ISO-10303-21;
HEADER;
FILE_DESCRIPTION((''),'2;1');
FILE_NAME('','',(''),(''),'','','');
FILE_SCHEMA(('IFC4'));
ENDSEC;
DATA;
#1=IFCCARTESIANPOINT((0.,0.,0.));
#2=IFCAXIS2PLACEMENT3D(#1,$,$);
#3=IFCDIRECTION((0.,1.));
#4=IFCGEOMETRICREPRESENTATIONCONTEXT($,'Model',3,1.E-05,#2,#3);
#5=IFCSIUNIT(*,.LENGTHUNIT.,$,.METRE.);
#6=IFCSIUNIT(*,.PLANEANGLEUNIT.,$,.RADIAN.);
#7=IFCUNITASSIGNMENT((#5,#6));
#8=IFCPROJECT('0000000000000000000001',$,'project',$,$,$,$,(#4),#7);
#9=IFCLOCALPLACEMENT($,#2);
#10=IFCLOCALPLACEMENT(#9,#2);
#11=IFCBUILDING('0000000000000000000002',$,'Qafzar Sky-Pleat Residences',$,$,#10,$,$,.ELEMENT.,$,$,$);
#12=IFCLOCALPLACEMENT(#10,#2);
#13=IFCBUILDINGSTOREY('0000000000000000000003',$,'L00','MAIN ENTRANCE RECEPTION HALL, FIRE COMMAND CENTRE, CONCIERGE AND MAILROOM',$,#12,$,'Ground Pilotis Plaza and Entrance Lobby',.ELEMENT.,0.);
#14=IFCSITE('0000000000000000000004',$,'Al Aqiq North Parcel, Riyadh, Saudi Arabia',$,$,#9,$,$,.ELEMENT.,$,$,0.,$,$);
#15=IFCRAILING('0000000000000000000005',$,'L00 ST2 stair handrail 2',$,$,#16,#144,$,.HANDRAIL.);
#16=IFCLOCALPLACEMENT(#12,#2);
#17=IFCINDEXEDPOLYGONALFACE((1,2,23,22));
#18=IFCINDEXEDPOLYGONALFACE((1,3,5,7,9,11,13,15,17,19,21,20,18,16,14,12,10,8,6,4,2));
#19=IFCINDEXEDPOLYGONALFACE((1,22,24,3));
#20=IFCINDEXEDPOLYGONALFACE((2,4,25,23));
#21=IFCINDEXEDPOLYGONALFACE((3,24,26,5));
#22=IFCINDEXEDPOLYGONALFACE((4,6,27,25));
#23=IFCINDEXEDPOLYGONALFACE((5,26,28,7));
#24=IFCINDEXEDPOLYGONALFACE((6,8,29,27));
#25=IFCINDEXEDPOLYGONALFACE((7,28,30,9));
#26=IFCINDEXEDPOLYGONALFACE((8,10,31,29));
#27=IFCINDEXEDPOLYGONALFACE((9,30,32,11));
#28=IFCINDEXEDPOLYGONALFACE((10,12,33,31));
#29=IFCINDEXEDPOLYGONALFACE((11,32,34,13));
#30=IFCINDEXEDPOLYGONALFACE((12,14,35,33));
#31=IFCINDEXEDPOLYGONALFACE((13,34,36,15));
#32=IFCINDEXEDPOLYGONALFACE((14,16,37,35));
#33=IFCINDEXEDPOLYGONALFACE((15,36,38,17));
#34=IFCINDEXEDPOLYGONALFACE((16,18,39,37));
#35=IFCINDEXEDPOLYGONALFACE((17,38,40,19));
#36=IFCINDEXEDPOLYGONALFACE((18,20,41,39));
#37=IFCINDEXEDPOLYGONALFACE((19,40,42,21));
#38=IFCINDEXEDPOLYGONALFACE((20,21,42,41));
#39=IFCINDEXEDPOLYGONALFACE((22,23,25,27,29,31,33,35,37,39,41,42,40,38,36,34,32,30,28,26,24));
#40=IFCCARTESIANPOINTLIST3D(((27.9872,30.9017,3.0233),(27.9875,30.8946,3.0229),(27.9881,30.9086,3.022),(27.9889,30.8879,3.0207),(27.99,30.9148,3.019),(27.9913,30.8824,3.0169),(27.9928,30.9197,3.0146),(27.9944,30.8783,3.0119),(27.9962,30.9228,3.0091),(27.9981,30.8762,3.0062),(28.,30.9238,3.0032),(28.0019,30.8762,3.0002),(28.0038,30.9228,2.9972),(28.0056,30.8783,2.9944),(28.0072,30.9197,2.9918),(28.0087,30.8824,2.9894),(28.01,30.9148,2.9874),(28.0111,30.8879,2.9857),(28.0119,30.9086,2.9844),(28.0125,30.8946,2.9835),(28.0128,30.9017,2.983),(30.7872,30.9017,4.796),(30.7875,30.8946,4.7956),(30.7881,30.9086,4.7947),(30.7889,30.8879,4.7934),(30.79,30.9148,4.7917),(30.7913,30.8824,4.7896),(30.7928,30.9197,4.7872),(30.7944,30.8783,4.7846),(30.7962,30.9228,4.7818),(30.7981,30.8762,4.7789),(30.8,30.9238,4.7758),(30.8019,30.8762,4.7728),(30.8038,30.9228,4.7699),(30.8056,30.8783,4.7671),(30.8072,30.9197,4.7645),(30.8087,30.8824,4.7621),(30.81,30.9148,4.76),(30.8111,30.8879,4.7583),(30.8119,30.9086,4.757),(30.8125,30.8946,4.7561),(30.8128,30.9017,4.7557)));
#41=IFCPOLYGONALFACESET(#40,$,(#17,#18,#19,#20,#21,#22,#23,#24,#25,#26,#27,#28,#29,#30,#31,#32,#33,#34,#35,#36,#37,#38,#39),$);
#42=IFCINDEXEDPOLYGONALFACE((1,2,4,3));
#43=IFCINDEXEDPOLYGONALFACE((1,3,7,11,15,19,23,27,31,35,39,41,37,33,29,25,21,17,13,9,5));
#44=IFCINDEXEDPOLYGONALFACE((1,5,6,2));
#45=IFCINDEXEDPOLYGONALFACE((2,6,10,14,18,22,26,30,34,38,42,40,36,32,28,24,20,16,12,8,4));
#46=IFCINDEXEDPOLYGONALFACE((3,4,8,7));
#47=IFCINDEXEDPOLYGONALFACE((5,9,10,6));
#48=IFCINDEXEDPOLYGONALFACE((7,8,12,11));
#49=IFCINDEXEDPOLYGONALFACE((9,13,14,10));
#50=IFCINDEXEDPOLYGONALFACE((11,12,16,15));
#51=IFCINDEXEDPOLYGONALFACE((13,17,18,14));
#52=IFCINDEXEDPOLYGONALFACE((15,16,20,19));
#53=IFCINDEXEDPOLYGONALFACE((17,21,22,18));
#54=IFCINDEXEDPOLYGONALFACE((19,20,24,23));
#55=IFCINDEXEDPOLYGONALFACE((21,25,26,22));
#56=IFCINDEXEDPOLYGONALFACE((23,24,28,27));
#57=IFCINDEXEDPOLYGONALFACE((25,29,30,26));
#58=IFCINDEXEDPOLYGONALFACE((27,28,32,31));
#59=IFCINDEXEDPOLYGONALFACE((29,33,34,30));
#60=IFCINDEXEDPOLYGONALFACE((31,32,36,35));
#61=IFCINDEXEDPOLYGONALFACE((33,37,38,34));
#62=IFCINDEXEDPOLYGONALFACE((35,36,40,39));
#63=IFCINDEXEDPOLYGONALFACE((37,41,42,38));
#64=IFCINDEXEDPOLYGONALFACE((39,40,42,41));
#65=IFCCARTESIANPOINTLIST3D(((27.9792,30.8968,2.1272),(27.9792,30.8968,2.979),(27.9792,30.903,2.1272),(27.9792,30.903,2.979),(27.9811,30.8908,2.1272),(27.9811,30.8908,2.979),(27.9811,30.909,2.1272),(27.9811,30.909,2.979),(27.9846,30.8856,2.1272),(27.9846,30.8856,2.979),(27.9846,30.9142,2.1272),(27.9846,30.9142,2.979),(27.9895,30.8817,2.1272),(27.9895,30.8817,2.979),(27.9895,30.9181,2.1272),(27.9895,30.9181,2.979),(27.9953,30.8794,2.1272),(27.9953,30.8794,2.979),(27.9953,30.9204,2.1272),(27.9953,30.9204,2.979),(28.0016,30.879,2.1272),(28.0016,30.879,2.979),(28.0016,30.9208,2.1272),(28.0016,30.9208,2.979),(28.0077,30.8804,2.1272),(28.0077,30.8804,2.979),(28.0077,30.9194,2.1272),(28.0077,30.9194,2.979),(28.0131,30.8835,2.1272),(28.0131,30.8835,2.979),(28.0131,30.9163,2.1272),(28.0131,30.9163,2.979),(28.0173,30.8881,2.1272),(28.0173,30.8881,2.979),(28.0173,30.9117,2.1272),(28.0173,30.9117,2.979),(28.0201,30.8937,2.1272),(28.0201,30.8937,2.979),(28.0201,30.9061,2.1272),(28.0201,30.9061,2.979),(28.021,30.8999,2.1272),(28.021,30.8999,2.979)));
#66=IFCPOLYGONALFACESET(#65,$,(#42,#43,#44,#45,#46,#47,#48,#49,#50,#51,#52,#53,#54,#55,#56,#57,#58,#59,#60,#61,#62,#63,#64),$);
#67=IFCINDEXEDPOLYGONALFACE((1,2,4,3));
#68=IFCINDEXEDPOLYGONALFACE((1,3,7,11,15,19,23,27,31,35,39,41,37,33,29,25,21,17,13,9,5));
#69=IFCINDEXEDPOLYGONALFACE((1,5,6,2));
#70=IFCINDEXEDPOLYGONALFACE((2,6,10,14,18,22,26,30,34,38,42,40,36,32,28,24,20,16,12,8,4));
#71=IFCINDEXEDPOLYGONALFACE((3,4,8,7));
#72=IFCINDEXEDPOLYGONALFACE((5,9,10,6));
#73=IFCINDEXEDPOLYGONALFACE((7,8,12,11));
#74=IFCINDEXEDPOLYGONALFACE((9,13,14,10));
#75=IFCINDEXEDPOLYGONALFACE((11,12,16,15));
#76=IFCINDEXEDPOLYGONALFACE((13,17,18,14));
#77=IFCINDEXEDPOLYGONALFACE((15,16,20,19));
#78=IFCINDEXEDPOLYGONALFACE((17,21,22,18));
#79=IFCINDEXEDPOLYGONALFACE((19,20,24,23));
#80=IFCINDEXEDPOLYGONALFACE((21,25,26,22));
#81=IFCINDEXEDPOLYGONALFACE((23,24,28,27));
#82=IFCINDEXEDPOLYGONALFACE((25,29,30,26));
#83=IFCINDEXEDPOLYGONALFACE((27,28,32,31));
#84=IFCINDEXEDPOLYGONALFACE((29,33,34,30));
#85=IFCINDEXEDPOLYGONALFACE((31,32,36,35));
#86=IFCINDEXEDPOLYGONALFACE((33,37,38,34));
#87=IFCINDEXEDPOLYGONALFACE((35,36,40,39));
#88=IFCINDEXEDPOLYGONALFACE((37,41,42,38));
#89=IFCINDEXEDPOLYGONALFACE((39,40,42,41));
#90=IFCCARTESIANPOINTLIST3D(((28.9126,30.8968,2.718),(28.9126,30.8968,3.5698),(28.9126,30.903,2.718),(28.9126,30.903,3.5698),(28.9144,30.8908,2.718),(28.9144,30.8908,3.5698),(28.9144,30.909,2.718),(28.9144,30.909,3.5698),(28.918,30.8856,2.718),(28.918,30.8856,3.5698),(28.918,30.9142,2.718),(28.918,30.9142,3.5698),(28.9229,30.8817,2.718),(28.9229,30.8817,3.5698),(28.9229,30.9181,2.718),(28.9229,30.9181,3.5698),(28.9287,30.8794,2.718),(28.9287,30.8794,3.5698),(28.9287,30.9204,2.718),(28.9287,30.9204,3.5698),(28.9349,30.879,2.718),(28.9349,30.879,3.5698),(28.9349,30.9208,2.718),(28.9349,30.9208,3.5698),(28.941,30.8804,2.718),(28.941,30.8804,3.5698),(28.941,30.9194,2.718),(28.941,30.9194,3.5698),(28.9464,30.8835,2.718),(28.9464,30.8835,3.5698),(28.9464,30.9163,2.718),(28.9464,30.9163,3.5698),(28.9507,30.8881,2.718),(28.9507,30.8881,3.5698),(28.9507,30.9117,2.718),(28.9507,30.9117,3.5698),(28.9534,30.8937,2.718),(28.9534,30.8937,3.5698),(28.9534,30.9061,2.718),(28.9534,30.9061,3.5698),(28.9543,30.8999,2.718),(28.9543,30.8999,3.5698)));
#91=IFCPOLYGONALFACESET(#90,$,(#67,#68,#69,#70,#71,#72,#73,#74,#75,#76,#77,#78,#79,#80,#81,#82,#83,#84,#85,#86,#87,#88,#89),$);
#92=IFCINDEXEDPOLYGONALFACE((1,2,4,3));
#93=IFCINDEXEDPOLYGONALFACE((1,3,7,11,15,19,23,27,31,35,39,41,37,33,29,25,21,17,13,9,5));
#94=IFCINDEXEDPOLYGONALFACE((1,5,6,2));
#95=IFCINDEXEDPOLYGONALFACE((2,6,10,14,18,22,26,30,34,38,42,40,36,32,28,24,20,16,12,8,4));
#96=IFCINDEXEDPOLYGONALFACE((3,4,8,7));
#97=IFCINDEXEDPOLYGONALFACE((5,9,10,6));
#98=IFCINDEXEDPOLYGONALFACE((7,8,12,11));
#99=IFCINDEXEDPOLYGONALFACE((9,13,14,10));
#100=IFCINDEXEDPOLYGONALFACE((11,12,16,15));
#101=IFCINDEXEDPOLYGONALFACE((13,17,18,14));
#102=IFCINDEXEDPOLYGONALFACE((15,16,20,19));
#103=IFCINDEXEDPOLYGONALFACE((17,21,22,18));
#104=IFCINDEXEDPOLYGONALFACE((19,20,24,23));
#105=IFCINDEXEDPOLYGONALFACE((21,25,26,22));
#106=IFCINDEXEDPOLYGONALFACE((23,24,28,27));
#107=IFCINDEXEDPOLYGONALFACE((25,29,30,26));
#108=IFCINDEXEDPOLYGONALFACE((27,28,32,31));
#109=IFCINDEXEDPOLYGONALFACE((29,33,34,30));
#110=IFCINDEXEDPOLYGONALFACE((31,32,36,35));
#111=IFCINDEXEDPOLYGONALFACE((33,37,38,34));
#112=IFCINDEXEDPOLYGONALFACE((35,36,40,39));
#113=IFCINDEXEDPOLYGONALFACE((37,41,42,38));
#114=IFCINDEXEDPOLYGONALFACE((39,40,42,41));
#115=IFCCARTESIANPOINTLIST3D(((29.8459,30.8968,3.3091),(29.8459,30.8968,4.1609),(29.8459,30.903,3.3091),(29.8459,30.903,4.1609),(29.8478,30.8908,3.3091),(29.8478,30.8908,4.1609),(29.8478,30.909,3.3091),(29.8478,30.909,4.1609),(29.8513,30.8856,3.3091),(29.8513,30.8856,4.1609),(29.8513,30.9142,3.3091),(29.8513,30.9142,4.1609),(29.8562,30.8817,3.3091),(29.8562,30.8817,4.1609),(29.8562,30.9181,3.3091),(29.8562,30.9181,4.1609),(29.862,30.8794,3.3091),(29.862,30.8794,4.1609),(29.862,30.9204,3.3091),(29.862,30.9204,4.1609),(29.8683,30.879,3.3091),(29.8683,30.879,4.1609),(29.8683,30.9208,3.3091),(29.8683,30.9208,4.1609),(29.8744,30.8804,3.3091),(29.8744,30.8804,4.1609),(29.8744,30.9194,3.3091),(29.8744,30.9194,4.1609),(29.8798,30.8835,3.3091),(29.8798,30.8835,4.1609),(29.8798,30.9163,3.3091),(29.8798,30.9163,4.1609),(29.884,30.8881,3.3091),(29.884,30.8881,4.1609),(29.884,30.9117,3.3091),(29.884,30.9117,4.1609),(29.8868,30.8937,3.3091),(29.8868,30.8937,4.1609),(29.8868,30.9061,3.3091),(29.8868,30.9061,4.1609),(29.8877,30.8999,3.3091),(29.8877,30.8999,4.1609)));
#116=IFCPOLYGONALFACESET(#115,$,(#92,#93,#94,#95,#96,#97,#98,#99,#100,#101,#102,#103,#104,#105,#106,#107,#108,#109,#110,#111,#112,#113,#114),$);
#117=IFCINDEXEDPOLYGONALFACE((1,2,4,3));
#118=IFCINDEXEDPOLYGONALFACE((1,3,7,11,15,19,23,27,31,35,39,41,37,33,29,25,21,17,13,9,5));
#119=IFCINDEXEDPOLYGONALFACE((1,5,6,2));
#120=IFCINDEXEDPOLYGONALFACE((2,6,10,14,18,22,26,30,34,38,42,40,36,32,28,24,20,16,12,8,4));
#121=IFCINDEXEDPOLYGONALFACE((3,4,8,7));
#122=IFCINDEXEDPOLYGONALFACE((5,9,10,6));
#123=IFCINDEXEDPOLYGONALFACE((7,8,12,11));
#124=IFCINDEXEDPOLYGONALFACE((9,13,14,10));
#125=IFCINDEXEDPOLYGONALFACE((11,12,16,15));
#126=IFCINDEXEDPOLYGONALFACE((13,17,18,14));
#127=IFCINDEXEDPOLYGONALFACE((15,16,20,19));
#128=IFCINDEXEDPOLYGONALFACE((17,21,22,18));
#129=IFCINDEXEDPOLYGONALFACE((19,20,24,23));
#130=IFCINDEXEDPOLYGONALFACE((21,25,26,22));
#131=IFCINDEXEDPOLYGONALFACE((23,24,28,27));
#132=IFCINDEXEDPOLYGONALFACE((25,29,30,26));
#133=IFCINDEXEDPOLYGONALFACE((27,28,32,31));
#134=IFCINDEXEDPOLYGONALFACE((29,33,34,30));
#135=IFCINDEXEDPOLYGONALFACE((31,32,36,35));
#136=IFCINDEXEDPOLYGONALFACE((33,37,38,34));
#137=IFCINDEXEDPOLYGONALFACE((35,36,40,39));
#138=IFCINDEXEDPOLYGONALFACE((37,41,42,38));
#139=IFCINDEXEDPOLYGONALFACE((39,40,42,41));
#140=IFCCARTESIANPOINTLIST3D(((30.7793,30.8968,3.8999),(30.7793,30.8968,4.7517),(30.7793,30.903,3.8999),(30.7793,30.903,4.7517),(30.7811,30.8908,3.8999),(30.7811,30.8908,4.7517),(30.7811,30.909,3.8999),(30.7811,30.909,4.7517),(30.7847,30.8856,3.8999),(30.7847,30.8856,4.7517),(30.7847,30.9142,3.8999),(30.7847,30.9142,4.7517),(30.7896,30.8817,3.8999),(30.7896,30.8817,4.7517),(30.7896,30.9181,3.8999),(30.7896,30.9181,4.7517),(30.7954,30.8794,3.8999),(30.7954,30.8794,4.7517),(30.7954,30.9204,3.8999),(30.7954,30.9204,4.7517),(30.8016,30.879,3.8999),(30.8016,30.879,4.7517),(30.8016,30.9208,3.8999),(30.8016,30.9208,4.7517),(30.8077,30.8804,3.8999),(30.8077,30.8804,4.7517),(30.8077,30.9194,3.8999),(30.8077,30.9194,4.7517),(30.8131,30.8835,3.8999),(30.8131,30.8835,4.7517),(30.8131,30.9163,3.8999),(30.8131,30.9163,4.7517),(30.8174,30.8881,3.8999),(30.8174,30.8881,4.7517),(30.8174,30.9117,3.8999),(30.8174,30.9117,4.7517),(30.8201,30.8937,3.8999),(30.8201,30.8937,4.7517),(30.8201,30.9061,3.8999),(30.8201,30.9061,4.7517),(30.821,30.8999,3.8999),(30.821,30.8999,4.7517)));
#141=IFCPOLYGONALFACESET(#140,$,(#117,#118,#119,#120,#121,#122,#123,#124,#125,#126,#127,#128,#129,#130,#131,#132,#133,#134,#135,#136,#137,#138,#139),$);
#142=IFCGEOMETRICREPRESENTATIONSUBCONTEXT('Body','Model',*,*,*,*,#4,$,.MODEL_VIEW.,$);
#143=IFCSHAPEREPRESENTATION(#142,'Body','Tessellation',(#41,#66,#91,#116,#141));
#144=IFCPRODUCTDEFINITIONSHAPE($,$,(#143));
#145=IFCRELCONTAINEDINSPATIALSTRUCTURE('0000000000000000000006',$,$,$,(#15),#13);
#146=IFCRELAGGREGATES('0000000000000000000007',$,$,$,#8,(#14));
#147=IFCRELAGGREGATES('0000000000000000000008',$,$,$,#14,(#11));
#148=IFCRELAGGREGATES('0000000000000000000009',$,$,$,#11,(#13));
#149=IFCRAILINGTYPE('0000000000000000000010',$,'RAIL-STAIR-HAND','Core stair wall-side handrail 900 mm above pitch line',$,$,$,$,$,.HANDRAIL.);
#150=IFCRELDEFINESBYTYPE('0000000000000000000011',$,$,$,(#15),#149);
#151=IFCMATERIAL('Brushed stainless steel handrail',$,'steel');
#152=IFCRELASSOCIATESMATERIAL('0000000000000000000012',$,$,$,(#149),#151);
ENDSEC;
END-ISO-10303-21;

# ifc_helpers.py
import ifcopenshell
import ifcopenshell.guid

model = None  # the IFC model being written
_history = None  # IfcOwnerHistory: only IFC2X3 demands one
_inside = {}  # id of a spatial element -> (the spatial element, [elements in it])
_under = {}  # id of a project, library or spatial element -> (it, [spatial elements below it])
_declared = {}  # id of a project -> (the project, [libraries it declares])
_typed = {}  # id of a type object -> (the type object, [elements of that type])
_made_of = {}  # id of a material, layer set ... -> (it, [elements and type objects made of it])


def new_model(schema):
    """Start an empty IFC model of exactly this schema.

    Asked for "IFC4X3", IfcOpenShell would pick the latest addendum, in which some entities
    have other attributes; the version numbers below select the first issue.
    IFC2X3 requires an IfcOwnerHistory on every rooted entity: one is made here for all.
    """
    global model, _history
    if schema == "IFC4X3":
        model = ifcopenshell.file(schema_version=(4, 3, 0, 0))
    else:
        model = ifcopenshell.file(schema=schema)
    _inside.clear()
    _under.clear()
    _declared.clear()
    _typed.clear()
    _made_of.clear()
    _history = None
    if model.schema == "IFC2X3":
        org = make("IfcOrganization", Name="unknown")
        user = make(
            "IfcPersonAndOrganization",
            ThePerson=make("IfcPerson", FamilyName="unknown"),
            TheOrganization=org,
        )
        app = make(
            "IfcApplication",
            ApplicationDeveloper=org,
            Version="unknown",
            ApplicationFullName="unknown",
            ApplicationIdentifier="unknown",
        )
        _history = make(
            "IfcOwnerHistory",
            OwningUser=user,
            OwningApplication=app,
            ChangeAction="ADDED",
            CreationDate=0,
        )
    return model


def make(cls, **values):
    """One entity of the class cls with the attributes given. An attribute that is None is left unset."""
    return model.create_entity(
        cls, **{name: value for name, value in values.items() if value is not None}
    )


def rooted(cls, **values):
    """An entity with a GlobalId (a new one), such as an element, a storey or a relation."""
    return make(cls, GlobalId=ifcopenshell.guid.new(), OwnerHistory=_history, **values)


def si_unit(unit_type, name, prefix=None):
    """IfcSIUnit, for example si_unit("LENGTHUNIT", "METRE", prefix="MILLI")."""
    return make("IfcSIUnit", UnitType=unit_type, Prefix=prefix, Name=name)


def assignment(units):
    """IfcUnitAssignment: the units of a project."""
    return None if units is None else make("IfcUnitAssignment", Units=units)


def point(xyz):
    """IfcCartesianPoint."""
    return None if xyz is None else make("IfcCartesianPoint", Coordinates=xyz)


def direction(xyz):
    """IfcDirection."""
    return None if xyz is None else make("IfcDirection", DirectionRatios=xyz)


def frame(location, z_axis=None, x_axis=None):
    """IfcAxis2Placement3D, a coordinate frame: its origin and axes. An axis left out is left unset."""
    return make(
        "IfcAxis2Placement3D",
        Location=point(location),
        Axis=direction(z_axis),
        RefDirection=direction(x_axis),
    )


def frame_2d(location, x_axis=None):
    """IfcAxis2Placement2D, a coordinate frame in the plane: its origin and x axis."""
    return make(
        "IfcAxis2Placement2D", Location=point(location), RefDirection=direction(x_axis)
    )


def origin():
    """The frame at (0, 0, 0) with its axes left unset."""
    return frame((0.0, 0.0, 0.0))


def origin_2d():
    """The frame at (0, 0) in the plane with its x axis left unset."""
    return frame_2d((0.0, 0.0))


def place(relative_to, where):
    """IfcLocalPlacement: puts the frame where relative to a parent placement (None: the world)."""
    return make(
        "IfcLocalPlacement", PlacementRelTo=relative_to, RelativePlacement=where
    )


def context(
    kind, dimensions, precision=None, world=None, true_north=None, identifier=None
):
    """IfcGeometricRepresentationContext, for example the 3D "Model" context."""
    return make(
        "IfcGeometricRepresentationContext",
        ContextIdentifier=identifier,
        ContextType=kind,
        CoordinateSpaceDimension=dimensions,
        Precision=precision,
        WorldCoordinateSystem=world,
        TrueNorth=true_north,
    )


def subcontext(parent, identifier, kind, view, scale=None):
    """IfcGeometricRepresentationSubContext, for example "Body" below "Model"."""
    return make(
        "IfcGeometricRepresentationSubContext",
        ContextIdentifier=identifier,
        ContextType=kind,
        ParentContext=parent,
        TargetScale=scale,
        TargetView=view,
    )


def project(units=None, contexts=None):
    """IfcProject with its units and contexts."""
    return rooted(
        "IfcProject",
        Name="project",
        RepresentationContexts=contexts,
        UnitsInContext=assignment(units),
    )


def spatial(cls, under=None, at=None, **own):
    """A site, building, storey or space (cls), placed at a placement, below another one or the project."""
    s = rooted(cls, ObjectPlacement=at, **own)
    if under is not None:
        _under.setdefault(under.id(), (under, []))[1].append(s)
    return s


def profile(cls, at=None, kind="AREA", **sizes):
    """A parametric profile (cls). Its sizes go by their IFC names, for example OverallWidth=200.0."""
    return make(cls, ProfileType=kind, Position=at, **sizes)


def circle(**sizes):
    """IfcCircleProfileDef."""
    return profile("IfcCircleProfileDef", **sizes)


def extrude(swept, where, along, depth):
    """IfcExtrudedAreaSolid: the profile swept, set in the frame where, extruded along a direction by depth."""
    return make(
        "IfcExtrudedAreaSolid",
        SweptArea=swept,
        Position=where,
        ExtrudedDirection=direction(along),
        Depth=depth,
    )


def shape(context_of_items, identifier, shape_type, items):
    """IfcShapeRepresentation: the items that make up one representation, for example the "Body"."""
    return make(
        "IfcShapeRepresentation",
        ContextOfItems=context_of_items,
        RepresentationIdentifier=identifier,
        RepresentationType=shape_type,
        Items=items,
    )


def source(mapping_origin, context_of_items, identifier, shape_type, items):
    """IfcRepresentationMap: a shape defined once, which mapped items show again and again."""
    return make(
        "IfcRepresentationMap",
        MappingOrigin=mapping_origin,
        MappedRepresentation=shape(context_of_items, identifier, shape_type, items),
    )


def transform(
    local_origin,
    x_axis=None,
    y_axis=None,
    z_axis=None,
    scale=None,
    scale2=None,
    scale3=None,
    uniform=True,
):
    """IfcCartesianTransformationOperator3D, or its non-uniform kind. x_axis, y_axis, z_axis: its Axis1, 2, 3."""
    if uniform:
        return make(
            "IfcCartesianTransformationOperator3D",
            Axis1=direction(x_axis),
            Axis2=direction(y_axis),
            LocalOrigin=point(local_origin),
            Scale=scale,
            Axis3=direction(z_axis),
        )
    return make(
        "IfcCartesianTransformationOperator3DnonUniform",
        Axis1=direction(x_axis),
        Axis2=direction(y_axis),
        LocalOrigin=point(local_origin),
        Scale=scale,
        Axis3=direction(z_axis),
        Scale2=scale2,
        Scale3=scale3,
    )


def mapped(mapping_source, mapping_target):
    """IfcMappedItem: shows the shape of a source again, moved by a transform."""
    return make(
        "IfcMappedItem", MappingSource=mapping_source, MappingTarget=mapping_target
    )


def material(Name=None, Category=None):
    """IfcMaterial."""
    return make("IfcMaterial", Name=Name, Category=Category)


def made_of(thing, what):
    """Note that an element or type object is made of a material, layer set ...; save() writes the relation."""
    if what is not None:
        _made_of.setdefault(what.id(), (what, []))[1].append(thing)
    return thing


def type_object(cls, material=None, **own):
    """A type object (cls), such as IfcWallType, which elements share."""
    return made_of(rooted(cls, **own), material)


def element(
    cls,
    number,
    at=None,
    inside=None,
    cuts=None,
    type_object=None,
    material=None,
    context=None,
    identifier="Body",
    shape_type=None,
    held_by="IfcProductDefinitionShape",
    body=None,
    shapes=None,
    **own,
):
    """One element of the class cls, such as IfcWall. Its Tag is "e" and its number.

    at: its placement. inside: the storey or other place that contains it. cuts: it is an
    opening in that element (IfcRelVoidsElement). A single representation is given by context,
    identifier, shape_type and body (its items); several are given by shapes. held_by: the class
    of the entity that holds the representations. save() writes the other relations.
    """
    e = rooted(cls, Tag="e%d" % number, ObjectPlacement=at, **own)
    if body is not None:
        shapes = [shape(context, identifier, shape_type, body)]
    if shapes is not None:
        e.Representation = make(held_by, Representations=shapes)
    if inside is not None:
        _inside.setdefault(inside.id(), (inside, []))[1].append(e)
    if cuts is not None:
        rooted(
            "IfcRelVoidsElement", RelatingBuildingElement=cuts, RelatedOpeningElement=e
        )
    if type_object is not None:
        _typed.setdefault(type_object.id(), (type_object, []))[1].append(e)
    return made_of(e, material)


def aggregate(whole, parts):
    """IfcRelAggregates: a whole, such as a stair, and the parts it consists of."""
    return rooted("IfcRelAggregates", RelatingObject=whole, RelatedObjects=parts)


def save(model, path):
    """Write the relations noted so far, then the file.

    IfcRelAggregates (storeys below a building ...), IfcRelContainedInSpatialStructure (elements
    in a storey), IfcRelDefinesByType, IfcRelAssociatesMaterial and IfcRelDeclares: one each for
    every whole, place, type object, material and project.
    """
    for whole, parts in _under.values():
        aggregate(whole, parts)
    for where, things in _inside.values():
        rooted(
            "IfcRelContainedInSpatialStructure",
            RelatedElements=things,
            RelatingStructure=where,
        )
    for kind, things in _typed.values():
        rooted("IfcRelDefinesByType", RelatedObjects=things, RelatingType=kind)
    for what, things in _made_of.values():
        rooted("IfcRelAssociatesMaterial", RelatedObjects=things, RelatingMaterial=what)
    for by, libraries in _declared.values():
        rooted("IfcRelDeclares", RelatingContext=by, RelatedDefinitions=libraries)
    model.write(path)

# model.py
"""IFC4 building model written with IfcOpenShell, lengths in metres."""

from ifc_helpers import new_model, si_unit, direction, frame, origin, origin_2d, place, context, subcontext, project, spatial, circle, extrude, source, transform, mapped, material, type_object, element, save


model = new_model("IFC4")

# Units and contexts
model_context = context("Model", 3, precision=1e-05, world=origin(), true_north=direction((0.0, 1.0)))
body_context = subcontext(model_context, "Body", "Model", "MODEL_VIEW")
ifc_project = project(units=[si_unit("LENGTHUNIT", "METRE"), si_unit("PLANEANGLEUNIT", "RADIAN")], contexts=[model_context])

# Site, building, storey
site_placement = place(None, origin())
site = spatial("IfcSite", under=ifc_project, at=site_placement, Name="Al Aqiq North Parcel, Riyadh, Saudi Arabia", CompositionType="ELEMENT", RefElevation=0.0)
building_placement = place(site_placement, origin())
building = spatial("IfcBuilding", under=site, at=building_placement, Name="Qafzar Sky-Pleat Residences", CompositionType="ELEMENT")
storey_placement = place(building_placement, origin())
storey = spatial("IfcBuildingStorey", under=building, at=storey_placement, Name="L00", Description="MAIN ENTRANCE RECEPTION HALL, FIRE COMMAND CENTRE, CONCIERGE AND MAILROOM", LongName="Ground Pilotis Plaza and Entrance Lobby", CompositionType="ELEMENT", Elevation=0.0)

# Railing
ifc_material_1 = material(Name="Brushed stainless steel handrail", Category="steel")
railing_type_1 = type_object("IfcRailingType", Name="RAIL-STAIR-HAND", Description="Core stair wall-side handrail 900 mm above pitch line", PredefinedType="HANDRAIL", material=ifc_material_1)
shared_shape_1 = source(origin(), body_context, "Body", "SweptSolid", [
    extrude(circle(Radius=0.0239, at=origin_2d()), frame((0.0, 0.0, 0.876), z_axis=(0.844909, 0.0, 0.53491), x_axis=(0.0, 1.0, 0.0)), (0.0, 0.0, 1.0), 3.314),
    extrude(circle(Radius=0.021, at=origin_2d()), origin(), (0.0, 0.0, 1.0), 0.8518),
    extrude(circle(Radius=0.021, at=origin_2d()), frame((0.9333, 0.0, 0.5908)), (0.0, 0.0, 1.0), 0.8518),
    extrude(circle(Radius=0.021, at=origin_2d()), frame((1.8667, 0.0, 1.1819)), (0.0, 0.0, 1.0), 0.8518),
    extrude(circle(Radius=0.021, at=origin_2d()), frame((2.8, 0.0, 1.7727)), (0.0, 0.0, 1.0), 0.8518),
])
for number, where, name in (
    (1, (28.0, 30.8999, 2.1272), "L00 ST2 stair handrail 2"),
):
    element("IfcRailing", number, at=place(storey_placement, frame(where)), inside=storey, type_object=railing_type_1, Name=name, PredefinedType="HANDRAIL", context=body_context, shape_type="MappedRepresentation", body=[
        mapped(shared_shape_1, transform((0.0, 0.0, 0.0), x_axis=(1.0, 0.0, 0.0), y_axis=(0.0, 1.0, 0.0), z_axis=(0.0, 0.0, 1.0), scale=1.0)),
    ])

save(model, "model.ifc")
